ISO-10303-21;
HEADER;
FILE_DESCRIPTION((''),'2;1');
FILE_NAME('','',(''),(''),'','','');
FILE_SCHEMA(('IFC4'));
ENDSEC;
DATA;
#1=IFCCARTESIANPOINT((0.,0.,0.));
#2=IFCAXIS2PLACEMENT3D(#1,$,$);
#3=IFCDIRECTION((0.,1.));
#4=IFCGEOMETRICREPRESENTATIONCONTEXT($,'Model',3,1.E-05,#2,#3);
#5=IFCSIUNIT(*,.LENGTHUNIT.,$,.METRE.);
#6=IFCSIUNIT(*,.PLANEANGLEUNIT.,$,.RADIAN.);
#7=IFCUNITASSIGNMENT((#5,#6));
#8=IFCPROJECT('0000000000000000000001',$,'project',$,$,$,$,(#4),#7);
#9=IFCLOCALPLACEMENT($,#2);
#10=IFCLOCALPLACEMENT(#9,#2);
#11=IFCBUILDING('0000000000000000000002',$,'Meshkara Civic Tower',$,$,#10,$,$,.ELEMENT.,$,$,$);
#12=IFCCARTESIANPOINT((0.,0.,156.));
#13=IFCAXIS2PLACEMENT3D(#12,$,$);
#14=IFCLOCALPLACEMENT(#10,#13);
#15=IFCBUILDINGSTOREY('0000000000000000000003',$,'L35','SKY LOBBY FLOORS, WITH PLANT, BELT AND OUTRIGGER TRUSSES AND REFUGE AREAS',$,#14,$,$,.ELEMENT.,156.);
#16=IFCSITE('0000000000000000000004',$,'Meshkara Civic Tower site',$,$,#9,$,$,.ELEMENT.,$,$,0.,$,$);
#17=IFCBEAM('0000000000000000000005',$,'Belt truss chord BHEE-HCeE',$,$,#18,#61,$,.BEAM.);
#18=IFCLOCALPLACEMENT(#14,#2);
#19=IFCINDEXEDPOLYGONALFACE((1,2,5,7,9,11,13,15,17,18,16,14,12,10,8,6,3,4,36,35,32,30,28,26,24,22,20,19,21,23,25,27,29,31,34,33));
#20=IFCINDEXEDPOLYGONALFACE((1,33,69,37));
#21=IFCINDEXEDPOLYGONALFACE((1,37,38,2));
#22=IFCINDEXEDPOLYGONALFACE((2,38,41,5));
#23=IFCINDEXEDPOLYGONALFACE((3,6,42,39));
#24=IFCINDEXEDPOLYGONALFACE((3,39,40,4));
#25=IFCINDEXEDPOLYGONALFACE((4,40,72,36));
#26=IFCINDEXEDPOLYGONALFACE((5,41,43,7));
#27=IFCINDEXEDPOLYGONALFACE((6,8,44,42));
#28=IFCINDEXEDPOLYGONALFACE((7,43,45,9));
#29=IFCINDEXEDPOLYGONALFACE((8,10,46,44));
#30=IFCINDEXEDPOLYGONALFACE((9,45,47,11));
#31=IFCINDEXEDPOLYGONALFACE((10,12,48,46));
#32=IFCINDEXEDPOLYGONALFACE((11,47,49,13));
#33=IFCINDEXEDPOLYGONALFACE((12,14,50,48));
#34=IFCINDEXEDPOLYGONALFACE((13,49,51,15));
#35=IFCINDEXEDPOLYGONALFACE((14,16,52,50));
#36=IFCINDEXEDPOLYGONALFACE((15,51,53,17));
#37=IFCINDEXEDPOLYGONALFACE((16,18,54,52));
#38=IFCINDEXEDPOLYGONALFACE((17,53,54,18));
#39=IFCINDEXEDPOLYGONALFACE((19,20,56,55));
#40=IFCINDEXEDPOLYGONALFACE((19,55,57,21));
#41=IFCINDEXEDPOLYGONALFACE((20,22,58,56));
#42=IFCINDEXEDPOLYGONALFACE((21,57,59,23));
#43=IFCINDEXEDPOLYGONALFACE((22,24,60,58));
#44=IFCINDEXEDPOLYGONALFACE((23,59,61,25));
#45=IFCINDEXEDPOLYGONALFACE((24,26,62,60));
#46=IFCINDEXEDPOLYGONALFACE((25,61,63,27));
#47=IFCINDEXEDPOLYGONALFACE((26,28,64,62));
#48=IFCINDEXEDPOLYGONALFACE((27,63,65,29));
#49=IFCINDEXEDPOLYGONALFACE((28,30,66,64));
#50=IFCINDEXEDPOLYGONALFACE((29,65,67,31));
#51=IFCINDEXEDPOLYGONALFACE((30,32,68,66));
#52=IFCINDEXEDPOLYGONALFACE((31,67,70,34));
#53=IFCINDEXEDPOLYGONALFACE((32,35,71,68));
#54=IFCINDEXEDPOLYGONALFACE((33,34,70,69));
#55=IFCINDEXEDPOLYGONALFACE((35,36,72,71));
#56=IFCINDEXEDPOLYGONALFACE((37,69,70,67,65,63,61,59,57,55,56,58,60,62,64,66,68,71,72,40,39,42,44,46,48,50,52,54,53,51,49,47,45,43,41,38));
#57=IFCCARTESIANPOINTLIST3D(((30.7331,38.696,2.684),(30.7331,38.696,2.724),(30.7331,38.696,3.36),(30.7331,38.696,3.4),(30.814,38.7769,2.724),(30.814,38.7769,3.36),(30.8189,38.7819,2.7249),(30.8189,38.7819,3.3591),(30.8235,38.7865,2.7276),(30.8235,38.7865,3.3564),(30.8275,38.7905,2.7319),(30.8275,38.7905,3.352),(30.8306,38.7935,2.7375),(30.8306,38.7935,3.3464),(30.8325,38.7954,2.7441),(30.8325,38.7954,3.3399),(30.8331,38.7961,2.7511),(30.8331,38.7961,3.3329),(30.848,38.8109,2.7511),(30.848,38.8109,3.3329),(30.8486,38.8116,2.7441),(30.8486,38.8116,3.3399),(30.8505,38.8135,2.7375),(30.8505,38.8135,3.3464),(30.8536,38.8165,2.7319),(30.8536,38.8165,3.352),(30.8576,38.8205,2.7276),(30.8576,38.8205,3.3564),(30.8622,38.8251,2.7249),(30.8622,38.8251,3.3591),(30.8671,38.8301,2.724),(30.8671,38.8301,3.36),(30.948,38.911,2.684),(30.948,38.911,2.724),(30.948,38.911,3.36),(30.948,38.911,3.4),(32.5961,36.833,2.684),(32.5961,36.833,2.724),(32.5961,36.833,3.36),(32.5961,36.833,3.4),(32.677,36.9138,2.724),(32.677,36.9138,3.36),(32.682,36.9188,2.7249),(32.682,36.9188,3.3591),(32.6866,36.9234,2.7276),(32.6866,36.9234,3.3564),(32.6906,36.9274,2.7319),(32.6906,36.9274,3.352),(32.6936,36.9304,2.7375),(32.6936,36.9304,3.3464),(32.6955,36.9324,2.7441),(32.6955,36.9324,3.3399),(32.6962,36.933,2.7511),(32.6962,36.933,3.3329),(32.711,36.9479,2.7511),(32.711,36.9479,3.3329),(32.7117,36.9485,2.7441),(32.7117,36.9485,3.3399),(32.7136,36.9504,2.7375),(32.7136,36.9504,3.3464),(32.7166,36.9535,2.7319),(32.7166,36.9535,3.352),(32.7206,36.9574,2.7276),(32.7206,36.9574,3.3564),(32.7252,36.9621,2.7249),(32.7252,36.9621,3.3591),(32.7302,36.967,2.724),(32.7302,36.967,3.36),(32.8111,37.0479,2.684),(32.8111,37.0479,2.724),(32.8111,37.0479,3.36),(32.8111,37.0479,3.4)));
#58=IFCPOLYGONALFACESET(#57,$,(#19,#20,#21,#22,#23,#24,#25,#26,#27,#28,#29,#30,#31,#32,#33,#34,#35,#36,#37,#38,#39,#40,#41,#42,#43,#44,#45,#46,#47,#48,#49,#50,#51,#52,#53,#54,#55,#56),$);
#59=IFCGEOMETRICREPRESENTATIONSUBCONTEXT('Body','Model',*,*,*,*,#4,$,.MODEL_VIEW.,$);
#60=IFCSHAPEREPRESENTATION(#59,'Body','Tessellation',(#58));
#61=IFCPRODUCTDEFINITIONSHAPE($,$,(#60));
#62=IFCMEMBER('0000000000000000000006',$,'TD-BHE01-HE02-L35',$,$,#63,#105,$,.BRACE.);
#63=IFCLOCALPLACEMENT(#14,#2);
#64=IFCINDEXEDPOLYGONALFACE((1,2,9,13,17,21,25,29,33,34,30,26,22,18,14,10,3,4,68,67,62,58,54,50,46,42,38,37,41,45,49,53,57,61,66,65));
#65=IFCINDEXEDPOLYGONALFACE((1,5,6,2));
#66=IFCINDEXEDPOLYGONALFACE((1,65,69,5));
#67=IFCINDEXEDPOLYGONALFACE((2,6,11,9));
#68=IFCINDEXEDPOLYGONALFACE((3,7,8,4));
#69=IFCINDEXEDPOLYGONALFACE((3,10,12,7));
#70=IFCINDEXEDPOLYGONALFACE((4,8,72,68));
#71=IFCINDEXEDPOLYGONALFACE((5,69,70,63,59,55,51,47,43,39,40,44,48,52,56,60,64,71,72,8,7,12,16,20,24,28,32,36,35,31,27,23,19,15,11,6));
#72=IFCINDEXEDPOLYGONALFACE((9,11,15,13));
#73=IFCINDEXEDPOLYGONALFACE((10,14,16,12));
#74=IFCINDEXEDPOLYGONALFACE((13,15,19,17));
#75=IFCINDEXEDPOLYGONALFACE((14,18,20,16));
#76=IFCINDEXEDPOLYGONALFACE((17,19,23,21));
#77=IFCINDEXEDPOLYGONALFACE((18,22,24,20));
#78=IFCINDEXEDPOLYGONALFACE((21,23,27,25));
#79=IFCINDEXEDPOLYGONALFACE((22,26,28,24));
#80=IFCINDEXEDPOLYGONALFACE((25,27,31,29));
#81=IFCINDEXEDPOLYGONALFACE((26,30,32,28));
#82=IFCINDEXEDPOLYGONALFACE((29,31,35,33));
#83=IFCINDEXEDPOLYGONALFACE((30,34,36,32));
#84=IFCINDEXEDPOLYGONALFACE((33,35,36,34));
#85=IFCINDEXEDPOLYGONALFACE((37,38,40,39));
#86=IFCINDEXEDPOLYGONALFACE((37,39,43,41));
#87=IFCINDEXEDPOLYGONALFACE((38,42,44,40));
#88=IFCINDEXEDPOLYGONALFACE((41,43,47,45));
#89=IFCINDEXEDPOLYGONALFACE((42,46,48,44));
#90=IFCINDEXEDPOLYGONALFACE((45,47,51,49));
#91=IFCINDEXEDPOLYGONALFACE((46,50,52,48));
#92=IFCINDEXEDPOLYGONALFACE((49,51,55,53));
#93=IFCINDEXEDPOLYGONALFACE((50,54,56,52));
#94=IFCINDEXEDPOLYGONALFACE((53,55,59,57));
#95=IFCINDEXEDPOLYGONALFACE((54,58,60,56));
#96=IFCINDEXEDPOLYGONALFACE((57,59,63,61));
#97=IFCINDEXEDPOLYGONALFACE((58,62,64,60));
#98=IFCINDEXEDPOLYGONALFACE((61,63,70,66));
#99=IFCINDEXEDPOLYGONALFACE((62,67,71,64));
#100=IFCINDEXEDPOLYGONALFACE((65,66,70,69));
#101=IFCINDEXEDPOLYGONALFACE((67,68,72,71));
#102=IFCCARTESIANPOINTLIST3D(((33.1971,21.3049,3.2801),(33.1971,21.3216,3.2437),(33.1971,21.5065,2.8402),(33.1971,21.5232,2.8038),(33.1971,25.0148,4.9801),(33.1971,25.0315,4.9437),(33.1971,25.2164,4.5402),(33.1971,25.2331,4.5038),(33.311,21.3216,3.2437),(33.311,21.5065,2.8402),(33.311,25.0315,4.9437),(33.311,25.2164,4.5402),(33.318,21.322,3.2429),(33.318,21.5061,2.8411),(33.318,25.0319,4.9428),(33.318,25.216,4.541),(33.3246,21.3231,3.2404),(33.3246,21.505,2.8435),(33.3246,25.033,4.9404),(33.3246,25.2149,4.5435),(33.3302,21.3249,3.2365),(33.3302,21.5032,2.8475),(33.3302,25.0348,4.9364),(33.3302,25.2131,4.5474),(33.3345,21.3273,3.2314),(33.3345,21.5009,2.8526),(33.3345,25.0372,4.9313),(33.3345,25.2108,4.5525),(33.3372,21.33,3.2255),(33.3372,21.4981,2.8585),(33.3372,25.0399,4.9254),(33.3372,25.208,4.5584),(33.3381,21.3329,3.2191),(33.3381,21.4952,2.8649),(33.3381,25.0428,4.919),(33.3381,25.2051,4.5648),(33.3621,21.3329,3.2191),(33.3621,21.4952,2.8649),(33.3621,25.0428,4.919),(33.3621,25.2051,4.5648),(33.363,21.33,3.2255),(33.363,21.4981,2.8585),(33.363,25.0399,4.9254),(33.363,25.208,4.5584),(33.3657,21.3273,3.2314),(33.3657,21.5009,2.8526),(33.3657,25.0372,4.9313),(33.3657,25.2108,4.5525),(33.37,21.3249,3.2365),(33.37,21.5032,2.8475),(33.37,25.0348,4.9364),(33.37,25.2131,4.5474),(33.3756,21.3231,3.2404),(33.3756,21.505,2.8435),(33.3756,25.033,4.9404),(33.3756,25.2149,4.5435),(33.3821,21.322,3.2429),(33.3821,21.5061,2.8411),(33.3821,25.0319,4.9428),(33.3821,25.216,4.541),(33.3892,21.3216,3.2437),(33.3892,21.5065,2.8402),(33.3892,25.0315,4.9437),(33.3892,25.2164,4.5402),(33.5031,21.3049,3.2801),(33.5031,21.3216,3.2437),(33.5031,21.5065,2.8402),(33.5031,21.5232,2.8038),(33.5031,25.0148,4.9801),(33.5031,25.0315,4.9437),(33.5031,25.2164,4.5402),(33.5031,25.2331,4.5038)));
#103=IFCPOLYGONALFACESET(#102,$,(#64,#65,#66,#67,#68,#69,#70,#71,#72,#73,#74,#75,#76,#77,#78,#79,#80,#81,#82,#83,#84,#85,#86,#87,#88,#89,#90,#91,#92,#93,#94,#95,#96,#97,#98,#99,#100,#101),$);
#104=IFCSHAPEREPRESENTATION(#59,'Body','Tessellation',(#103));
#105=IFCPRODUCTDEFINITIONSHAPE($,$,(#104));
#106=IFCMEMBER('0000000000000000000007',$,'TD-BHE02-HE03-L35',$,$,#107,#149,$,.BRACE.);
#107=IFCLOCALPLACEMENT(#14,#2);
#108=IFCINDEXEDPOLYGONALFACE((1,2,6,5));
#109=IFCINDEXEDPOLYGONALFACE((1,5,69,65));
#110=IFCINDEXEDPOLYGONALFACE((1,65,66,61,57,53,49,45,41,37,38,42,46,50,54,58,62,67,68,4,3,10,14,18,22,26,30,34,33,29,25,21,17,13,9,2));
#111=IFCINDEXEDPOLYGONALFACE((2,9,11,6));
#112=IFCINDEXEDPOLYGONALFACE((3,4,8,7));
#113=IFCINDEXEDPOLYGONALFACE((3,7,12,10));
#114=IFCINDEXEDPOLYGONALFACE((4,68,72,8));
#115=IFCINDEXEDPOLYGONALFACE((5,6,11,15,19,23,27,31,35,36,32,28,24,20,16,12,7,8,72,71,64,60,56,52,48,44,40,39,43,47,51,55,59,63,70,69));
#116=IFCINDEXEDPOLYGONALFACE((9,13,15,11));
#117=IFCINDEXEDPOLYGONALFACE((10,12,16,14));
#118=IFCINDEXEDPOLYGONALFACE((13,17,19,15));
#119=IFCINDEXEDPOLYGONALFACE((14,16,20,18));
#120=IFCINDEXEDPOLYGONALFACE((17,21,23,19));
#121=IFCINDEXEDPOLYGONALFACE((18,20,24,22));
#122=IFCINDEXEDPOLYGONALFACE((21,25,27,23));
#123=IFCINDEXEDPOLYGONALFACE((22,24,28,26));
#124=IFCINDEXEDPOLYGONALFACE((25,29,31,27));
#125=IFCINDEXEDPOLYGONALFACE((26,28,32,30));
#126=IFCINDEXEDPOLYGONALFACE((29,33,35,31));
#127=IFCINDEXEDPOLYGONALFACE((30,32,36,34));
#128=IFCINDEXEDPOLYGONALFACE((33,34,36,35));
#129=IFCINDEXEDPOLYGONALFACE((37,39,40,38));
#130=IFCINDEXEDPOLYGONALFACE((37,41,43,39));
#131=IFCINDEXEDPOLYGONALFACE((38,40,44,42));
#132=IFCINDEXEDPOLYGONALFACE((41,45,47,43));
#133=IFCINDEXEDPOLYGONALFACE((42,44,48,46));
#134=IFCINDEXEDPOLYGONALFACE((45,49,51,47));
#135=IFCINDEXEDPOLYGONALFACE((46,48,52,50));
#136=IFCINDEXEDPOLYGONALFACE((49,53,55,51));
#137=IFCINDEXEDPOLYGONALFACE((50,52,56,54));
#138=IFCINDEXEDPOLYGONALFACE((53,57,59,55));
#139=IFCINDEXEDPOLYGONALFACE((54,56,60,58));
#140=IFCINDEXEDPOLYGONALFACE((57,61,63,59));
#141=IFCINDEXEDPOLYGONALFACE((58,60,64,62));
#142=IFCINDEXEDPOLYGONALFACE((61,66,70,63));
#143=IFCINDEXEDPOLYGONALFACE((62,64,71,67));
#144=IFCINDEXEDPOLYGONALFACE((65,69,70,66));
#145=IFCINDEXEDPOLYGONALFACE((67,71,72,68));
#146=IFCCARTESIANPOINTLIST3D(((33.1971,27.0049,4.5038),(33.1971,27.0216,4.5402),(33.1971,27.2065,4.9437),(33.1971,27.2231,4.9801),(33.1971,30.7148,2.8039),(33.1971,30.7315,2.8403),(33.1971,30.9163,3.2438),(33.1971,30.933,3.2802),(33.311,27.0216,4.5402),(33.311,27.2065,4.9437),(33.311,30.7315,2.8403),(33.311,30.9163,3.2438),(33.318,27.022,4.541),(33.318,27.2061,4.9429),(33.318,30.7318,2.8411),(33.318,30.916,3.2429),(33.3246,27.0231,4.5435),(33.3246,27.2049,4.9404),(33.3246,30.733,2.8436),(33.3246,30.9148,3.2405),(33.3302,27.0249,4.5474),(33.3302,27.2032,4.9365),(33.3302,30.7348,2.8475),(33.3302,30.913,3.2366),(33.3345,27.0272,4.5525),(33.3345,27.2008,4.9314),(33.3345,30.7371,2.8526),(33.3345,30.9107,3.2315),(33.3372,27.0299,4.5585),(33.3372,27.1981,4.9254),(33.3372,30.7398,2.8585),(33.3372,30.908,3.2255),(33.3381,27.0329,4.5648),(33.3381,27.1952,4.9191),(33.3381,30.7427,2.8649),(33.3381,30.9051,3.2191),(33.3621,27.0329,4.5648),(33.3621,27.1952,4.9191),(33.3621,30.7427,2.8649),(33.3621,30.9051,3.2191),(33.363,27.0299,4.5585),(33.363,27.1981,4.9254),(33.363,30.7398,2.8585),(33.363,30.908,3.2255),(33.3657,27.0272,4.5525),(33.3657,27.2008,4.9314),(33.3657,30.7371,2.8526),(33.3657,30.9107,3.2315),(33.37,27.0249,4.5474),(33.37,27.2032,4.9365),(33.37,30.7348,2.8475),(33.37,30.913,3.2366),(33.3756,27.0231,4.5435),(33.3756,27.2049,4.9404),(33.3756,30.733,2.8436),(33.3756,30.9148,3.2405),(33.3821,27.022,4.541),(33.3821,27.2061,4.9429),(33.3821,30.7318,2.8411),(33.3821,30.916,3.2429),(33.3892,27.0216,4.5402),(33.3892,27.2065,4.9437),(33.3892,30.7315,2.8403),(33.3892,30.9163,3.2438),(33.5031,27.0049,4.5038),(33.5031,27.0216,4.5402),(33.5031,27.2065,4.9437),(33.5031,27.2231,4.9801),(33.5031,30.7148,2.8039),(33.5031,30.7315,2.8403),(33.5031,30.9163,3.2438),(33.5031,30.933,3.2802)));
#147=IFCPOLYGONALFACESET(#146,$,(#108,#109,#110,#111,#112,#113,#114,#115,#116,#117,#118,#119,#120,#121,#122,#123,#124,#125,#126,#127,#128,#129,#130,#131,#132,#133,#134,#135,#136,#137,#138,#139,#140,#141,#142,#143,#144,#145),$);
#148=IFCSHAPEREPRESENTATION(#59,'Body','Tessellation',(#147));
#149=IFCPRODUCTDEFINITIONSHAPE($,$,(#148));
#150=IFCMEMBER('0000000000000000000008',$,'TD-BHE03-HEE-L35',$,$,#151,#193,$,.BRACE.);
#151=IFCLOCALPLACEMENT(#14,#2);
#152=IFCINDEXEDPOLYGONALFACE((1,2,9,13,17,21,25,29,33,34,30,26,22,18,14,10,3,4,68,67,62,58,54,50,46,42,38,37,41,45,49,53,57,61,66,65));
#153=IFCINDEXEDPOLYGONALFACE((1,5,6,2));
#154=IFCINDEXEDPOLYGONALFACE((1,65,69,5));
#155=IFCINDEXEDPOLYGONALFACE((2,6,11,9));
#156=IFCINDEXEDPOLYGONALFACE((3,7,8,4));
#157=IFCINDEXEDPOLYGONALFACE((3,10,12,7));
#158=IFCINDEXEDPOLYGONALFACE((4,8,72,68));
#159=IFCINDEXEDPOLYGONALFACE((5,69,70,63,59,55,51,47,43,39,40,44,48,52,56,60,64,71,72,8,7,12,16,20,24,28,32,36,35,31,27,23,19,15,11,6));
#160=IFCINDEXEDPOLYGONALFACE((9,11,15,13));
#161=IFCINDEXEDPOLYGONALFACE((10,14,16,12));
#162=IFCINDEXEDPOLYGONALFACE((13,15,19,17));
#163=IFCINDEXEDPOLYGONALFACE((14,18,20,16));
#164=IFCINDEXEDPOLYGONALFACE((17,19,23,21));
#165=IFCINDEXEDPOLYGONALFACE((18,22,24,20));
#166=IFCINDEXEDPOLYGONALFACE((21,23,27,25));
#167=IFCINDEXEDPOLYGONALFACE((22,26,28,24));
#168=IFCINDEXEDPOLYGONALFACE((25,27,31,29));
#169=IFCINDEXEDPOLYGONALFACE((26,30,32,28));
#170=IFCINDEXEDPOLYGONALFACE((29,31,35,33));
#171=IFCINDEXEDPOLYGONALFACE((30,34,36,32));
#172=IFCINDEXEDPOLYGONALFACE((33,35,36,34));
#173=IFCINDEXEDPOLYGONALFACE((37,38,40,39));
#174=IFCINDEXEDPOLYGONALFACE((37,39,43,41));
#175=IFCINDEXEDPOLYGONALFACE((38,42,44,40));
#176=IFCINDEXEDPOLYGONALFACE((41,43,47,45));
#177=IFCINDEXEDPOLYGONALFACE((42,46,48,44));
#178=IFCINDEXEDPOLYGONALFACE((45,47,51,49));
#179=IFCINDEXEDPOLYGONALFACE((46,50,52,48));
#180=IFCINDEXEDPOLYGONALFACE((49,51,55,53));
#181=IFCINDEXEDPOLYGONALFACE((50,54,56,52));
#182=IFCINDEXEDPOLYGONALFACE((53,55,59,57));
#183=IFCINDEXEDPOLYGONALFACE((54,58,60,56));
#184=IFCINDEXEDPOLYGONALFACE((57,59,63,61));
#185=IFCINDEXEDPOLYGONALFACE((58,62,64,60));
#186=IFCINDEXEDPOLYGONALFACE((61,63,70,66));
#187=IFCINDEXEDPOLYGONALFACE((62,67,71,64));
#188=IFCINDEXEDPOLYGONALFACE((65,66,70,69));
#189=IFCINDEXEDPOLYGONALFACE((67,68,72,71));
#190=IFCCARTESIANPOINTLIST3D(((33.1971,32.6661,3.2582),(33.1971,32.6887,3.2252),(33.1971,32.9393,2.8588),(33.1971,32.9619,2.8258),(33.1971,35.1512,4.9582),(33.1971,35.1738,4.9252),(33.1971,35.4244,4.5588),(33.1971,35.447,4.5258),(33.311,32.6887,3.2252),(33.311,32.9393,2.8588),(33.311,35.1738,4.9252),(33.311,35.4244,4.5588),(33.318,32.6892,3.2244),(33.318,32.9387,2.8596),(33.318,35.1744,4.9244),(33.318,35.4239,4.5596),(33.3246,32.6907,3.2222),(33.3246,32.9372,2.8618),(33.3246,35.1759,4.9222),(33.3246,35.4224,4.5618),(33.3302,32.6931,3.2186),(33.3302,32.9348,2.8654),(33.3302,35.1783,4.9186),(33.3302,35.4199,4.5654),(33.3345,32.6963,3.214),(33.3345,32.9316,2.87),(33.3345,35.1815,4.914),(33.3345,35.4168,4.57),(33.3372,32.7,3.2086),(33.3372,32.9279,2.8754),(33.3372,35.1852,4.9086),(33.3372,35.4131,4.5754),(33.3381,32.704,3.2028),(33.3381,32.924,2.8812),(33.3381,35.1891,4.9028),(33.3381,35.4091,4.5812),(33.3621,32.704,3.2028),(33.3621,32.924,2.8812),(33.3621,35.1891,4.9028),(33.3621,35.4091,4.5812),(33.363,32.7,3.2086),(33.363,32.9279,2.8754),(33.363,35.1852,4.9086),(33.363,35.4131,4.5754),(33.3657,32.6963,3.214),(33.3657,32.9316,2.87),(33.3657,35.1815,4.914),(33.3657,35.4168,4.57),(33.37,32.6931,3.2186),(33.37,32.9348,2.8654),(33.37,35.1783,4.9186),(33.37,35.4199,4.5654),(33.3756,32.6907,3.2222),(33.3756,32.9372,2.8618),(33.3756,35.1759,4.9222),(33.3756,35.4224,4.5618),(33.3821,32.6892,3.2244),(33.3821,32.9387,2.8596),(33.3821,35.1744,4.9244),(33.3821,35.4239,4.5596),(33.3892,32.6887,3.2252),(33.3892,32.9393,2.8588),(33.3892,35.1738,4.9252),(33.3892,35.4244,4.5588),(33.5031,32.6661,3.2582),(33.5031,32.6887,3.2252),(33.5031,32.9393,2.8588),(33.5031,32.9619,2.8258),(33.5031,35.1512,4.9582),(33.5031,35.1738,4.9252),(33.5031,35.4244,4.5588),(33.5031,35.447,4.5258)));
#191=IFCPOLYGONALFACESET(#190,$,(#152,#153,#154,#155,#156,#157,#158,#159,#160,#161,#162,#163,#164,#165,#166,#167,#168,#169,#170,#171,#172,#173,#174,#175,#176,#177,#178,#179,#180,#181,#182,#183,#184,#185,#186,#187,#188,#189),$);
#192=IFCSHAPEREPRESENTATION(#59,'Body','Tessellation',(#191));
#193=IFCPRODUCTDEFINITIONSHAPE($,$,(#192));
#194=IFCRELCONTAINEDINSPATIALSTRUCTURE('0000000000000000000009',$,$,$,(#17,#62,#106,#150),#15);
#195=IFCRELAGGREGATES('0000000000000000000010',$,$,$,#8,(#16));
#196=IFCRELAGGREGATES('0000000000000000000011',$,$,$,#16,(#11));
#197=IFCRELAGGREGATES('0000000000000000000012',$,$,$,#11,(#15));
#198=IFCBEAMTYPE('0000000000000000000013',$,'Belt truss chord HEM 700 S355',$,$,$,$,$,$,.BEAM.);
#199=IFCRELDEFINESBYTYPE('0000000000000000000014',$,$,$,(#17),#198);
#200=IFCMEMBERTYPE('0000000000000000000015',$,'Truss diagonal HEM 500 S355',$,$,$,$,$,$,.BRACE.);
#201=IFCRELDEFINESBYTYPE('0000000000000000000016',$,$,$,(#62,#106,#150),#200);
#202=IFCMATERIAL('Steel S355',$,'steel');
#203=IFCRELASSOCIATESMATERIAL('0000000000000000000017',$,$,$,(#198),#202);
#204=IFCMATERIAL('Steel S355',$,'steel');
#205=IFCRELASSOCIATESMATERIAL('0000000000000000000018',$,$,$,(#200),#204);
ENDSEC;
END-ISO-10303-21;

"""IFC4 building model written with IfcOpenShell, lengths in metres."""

from ifc_helpers import new_model, si_unit, direction, frame, origin, origin_2d, place, context, subcontext, project, spatial, i_section, extrude, material, material_profile, profile_set, type_object, element, save


model = new_model("IFC4")

# Units and contexts
model_context = context("Model", 3, precision=1e-05, world=origin(), true_north=direction((0.0, 1.0)))
body_context = subcontext(model_context, "Body", "Model", "MODEL_VIEW")
ifc_project = project(units=[si_unit("LENGTHUNIT", "METRE"), si_unit("PLANEANGLEUNIT", "RADIAN")], contexts=[model_context])

# Site, building, storey
site_placement = place(None, origin())
site = spatial("IfcSite", under=ifc_project, at=site_placement, Name="Meshkara Civic Tower site", CompositionType="ELEMENT", RefElevation=0.0)
building_placement = place(site_placement, origin())
building = spatial("IfcBuilding", under=site, at=building_placement, Name="Meshkara Civic Tower", CompositionType="ELEMENT")
storey_placement = place(building_placement, frame((0.0, 0.0, 156.0)))
storey = spatial("IfcBuildingStorey", under=building, at=storey_placement, Name="L35", Description="SKY LOBBY FLOORS, WITH PLANT, BELT AND OUTRIGGER TRUSSES AND REFUGE AREAS", CompositionType="ELEMENT", Elevation=156.0)

# Beam
ifc_material_1 = material(Name="Steel S355", Category="steel")
ifc_material_profile_1 = material_profile(ifc_material_1, i_section(OverallWidth=0.304, OverallDepth=0.7161, WebThickness=0.021, FlangeThickness=0.04, FilletRadius=0.0271, at=origin_2d()))
ifc_profile_set_1 = profile_set([ifc_material_profile_1], Name="Steel S355")
beam_type = type_object("IfcBeamType", Name="Belt truss chord HEM 700 S355", PredefinedType="BEAM", material=ifc_profile_set_1)
for number, where, z_axis, x_axis, name in (
    (1, (32.7036, 36.9404, 3.042), (-0.707107, 0.707107, 0.0), (-0.707107, -0.707107, 0.0), "Belt truss chord BHEE-HCeE"),
):
    element("IfcBeam", number, at=place(storey_placement, frame(where, z_axis=z_axis, x_axis=x_axis)), inside=storey, type_object=beam_type, Name=name, PredefinedType="BEAM", context=body_context, shape_type="SweptSolid", body=[
        extrude(i_section(OverallWidth=0.304, OverallDepth=0.7161, WebThickness=0.021, FlangeThickness=0.04, FilletRadius=0.0271, at=origin_2d()), origin(), (0.0, 0.0, 1.0), 2.6348),
    ])

# Members
ifc_material_2 = material(Name="Steel S355", Category="steel")
ifc_material_profile_2 = material_profile(ifc_material_2, i_section(OverallWidth=0.3059, OverallDepth=0.5239, WebThickness=0.0239, FlangeThickness=0.04, FilletRadius=0.0271, at=origin_2d()))
ifc_profile_set_2 = profile_set([ifc_material_profile_2], Name="Steel S355")
member_type = type_object("IfcMemberType", Name="Truss diagonal HEM 500 S355", PredefinedType="BRACE", material=ifc_profile_set_2)
for number, where, z_axis, x_axis, name in (
    (2, (33.3501, 21.4141, 3.042), (0.0, 0.909106, 0.416564), (-1.0, 0.0, 0.0), "TD-BHE01-HE02-L35"),
    (3, (33.3501, 27.114, 4.7419), (0.0, 0.909106, -0.416564), (-1.0, 0.0, 0.0), "TD-BHE02-HE03-L35"),
):
    element("IfcMember", number, at=place(storey_placement, frame(where, z_axis=z_axis, x_axis=x_axis)), inside=storey, type_object=member_type, Name=name, PredefinedType="BRACE", context=body_context, shape_type="SweptSolid", body=[
        extrude(i_section(OverallWidth=0.3059, OverallDepth=0.5239, WebThickness=0.0239, FlangeThickness=0.04, FilletRadius=0.0271, at=origin_2d()), origin(), (0.0, 0.0, 1.0), 4.0808),
    ])
member_1_placement = place(storey_placement, frame((33.3501, 32.814, 3.042), z_axis=(0.0, 0.825367, 0.564597), x_axis=(-1.0, 0.0, 0.0)))
element("IfcMember", 4, at=member_1_placement, inside=storey, type_object=member_type, Name="TD-BHE03-HEE-L35", PredefinedType="BRACE", context=body_context, shape_type="SweptSolid", body=[
    extrude(i_section(OverallWidth=0.3059, OverallDepth=0.5239, WebThickness=0.0239, FlangeThickness=0.04, FilletRadius=0.0271, at=origin_2d()), origin(), (0.0, 0.0, 1.0), 3.011),
])

save(model, "model.ifc")
